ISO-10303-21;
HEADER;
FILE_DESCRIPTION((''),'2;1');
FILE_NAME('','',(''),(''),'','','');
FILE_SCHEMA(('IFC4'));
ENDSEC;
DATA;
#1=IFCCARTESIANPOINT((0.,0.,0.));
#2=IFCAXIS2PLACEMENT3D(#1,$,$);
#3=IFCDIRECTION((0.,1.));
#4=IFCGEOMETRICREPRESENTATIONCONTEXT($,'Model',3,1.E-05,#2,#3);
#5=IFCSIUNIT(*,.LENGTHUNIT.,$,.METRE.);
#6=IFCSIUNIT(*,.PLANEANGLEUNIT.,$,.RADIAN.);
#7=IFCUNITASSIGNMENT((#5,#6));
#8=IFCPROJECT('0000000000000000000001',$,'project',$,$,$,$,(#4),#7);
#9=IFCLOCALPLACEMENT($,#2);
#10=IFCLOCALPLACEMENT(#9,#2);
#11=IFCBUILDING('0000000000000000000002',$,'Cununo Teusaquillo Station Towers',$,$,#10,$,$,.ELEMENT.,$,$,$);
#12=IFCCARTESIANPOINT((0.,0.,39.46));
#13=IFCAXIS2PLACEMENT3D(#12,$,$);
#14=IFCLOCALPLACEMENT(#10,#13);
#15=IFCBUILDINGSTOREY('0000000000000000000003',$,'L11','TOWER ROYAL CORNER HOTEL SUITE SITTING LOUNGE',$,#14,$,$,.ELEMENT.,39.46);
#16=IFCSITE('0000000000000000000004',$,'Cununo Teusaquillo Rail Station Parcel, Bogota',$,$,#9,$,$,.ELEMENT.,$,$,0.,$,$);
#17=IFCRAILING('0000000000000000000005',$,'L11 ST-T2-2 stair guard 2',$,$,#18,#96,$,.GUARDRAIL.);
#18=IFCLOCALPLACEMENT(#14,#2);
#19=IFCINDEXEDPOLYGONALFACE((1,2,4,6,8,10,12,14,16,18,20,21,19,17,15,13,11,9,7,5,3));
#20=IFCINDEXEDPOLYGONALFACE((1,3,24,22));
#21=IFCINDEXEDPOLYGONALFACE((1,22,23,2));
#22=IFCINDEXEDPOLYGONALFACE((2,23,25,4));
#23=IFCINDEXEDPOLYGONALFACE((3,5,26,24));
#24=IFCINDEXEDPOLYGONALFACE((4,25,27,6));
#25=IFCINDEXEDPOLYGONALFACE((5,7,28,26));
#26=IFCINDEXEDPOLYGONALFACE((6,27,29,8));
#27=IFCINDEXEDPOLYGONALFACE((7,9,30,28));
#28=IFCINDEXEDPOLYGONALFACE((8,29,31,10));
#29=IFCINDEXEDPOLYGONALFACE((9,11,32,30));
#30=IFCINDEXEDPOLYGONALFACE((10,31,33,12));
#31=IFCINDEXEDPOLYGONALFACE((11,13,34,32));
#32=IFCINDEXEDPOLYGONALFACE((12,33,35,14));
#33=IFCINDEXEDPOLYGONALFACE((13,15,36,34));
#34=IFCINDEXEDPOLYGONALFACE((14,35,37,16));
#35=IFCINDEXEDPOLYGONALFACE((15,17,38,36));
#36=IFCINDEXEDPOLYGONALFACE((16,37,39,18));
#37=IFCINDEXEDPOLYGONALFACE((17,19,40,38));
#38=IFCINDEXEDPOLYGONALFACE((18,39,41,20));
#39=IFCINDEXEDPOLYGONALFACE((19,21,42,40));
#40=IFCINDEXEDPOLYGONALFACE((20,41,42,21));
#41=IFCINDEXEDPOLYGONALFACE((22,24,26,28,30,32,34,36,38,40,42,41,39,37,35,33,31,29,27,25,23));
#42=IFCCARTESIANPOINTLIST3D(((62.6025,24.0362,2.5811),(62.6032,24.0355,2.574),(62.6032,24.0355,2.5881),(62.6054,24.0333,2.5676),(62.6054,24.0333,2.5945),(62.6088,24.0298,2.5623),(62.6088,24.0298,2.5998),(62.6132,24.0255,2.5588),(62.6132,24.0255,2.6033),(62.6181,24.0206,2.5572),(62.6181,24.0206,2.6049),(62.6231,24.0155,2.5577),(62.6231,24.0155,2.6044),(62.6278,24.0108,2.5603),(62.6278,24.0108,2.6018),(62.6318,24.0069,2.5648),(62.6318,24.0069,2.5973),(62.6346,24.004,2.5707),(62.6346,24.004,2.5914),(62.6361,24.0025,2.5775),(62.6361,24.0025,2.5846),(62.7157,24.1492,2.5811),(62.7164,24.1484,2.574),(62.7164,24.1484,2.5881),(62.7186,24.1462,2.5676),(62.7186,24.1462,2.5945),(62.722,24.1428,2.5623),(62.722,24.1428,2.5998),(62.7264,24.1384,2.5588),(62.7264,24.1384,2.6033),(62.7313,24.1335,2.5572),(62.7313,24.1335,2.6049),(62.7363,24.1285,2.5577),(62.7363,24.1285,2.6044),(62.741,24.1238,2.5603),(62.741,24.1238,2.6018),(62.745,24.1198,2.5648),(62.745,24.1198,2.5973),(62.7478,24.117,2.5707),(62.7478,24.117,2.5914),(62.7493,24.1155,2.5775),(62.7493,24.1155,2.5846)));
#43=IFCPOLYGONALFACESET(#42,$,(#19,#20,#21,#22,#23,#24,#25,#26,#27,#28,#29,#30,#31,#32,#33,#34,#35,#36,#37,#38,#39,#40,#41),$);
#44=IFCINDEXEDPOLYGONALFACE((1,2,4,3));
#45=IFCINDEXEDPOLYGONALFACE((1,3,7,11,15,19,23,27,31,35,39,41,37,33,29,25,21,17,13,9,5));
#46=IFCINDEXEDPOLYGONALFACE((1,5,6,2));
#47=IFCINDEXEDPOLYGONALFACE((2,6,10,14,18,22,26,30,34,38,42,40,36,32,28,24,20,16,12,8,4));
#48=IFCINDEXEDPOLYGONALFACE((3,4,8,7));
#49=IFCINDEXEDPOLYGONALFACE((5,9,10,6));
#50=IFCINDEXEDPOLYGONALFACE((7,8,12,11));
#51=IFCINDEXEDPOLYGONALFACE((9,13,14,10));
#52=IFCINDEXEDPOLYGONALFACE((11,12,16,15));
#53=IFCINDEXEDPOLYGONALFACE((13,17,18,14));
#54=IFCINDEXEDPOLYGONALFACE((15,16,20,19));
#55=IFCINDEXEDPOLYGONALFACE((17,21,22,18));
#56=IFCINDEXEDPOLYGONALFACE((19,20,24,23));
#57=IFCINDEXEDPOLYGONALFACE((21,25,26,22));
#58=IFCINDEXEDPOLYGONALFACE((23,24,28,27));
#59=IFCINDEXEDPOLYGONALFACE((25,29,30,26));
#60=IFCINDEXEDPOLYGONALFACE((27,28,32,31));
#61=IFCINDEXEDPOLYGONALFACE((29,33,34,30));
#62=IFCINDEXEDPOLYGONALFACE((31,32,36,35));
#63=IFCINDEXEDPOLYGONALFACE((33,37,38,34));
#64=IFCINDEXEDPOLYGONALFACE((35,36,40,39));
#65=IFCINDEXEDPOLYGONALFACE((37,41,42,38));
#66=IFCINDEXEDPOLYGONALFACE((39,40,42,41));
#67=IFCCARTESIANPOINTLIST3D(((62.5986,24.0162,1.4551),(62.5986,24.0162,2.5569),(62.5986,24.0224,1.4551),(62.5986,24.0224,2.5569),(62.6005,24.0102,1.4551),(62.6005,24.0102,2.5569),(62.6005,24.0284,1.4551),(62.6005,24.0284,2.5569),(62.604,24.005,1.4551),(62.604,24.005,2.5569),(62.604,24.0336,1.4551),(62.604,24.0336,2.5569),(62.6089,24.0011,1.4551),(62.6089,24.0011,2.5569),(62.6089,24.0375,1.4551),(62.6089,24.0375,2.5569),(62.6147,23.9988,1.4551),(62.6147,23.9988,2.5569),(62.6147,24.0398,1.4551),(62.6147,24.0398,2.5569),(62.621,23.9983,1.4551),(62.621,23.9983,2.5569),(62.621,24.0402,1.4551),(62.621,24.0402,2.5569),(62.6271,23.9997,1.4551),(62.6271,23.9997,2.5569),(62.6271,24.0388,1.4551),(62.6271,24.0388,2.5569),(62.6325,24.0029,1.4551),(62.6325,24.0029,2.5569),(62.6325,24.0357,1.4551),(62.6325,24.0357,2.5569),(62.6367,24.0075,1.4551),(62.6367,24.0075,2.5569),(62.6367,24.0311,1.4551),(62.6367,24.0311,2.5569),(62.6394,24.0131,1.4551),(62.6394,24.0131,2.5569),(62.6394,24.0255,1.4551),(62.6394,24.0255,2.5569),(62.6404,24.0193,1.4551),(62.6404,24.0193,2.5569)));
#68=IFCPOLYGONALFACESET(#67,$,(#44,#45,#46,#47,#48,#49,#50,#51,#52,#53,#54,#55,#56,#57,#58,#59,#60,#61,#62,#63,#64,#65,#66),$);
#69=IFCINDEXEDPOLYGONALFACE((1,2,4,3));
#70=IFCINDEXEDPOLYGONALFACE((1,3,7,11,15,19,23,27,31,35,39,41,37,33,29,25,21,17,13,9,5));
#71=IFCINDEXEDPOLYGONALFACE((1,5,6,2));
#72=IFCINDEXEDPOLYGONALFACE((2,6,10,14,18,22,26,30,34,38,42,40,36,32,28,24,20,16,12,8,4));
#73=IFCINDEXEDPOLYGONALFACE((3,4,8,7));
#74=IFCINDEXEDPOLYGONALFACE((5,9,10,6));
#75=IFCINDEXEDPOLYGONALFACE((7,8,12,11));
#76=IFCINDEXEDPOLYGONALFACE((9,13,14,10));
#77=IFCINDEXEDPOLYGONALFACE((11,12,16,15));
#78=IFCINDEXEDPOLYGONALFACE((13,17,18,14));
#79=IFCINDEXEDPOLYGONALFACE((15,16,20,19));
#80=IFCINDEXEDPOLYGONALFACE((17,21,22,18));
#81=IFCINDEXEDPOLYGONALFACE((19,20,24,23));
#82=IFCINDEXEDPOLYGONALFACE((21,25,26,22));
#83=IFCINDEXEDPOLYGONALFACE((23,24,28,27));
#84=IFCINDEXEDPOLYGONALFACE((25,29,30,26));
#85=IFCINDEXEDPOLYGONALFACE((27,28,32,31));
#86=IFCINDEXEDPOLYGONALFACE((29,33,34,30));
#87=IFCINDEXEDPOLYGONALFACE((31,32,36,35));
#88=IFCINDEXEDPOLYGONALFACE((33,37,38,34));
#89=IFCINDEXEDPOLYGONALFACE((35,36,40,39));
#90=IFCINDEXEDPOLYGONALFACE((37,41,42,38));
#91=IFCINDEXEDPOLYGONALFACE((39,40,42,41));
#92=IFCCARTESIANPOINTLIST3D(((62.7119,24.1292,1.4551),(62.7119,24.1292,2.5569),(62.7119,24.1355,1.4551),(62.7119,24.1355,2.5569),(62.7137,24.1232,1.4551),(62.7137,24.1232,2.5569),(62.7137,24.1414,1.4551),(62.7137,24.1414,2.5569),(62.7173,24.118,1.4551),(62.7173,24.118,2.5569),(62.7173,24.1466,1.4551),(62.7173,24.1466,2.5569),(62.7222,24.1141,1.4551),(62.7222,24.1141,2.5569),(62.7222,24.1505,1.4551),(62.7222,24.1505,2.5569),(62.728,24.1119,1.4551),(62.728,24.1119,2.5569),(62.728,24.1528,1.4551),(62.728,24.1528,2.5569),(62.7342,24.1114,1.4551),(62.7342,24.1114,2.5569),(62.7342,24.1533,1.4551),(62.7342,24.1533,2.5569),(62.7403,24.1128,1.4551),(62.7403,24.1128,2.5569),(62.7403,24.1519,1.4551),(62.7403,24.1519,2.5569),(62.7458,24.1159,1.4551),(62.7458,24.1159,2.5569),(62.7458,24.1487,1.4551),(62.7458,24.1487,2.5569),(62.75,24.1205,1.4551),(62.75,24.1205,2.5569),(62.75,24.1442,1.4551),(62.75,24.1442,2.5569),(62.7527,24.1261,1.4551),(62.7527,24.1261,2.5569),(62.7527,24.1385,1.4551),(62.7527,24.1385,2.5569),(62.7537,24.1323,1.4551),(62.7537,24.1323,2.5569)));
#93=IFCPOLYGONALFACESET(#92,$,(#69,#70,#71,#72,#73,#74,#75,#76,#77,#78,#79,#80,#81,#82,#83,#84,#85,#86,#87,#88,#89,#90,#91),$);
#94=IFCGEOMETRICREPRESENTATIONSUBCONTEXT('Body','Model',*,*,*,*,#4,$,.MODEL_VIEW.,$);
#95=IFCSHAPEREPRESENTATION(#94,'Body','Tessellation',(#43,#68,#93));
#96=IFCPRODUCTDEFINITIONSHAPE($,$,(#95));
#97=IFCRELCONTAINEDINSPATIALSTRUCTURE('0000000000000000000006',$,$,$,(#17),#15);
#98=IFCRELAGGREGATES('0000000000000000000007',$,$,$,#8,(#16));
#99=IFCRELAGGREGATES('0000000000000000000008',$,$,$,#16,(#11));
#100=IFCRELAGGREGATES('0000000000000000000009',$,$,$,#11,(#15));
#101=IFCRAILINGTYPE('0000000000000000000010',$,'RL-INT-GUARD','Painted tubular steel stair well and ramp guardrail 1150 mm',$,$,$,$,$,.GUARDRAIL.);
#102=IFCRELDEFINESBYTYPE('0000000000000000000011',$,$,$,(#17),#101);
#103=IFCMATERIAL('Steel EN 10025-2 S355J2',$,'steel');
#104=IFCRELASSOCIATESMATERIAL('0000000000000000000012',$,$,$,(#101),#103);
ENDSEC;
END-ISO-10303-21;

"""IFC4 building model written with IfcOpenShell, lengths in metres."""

from ifc_helpers import new_model, si_unit, direction, frame, origin, origin_2d, place, context, subcontext, project, spatial, circle, extrude, material, type_object, element, save


model = new_model("IFC4")

# Units and contexts
model_context = context("Model", 3, precision=1e-05, world=origin(), true_north=direction((0.0, 1.0)))
body_context = subcontext(model_context, "Body", "Model", "MODEL_VIEW")
ifc_project = project(units=[si_unit("LENGTHUNIT", "METRE"), si_unit("PLANEANGLEUNIT", "RADIAN")], contexts=[model_context])

# Site, building, storey
site_placement = place(None, origin())
site = spatial("IfcSite", under=ifc_project, at=site_placement, Name="Cununo Teusaquillo Rail Station Parcel, Bogota", CompositionType="ELEMENT", RefElevation=0.0)
building_placement = place(site_placement, origin())
building = spatial("IfcBuilding", under=site, at=building_placement, Name="Cununo Teusaquillo Station Towers", CompositionType="ELEMENT")
storey_placement = place(building_placement, frame((0.0, 0.0, 39.46)))
storey = spatial("IfcBuildingStorey", under=building, at=storey_placement, Name="L11", Description="TOWER ROYAL CORNER HOTEL SUITE SITTING LOUNGE", CompositionType="ELEMENT", Elevation=39.46)

# Railing
ifc_material_1 = material(Name="Steel EN 10025-2 S355J2", Category="steel")
railing_type_1 = type_object("IfcRailingType", Name="RL-INT-GUARD", Description="Painted tubular steel stair well and ramp guardrail 1150 mm", PredefinedType="GUARDRAIL", material=ifc_material_1)
railing_1_placement = place(storey_placement, frame((62.6194, 24.0193, 1.4551)))
element("IfcRailing", 1, at=railing_1_placement, inside=storey, type_object=railing_type_1, Name="L11 ST-T2-2 stair guard 2", PredefinedType="GUARDRAIL", context=body_context, shape_type="SweptSolid", body=[
    extrude(circle(Radius=0.0239, at=origin_2d()), frame((0.0, 0.0, 1.126), z_axis=(0.707869, 0.706344, 0.0), x_axis=(-0.706344, 0.707869, 0.0)), (0.0, 0.0, 1.0), 0.1599),
    extrude(circle(Radius=0.021, at=origin_2d()), origin(), (0.0, 0.0, 1.0), 1.1018),
    extrude(circle(Radius=0.021, at=origin_2d()), frame((0.1133, 0.113, 0.0)), (0.0, 0.0, 1.0), 1.1018),
])

save(model, "model.ifc")
